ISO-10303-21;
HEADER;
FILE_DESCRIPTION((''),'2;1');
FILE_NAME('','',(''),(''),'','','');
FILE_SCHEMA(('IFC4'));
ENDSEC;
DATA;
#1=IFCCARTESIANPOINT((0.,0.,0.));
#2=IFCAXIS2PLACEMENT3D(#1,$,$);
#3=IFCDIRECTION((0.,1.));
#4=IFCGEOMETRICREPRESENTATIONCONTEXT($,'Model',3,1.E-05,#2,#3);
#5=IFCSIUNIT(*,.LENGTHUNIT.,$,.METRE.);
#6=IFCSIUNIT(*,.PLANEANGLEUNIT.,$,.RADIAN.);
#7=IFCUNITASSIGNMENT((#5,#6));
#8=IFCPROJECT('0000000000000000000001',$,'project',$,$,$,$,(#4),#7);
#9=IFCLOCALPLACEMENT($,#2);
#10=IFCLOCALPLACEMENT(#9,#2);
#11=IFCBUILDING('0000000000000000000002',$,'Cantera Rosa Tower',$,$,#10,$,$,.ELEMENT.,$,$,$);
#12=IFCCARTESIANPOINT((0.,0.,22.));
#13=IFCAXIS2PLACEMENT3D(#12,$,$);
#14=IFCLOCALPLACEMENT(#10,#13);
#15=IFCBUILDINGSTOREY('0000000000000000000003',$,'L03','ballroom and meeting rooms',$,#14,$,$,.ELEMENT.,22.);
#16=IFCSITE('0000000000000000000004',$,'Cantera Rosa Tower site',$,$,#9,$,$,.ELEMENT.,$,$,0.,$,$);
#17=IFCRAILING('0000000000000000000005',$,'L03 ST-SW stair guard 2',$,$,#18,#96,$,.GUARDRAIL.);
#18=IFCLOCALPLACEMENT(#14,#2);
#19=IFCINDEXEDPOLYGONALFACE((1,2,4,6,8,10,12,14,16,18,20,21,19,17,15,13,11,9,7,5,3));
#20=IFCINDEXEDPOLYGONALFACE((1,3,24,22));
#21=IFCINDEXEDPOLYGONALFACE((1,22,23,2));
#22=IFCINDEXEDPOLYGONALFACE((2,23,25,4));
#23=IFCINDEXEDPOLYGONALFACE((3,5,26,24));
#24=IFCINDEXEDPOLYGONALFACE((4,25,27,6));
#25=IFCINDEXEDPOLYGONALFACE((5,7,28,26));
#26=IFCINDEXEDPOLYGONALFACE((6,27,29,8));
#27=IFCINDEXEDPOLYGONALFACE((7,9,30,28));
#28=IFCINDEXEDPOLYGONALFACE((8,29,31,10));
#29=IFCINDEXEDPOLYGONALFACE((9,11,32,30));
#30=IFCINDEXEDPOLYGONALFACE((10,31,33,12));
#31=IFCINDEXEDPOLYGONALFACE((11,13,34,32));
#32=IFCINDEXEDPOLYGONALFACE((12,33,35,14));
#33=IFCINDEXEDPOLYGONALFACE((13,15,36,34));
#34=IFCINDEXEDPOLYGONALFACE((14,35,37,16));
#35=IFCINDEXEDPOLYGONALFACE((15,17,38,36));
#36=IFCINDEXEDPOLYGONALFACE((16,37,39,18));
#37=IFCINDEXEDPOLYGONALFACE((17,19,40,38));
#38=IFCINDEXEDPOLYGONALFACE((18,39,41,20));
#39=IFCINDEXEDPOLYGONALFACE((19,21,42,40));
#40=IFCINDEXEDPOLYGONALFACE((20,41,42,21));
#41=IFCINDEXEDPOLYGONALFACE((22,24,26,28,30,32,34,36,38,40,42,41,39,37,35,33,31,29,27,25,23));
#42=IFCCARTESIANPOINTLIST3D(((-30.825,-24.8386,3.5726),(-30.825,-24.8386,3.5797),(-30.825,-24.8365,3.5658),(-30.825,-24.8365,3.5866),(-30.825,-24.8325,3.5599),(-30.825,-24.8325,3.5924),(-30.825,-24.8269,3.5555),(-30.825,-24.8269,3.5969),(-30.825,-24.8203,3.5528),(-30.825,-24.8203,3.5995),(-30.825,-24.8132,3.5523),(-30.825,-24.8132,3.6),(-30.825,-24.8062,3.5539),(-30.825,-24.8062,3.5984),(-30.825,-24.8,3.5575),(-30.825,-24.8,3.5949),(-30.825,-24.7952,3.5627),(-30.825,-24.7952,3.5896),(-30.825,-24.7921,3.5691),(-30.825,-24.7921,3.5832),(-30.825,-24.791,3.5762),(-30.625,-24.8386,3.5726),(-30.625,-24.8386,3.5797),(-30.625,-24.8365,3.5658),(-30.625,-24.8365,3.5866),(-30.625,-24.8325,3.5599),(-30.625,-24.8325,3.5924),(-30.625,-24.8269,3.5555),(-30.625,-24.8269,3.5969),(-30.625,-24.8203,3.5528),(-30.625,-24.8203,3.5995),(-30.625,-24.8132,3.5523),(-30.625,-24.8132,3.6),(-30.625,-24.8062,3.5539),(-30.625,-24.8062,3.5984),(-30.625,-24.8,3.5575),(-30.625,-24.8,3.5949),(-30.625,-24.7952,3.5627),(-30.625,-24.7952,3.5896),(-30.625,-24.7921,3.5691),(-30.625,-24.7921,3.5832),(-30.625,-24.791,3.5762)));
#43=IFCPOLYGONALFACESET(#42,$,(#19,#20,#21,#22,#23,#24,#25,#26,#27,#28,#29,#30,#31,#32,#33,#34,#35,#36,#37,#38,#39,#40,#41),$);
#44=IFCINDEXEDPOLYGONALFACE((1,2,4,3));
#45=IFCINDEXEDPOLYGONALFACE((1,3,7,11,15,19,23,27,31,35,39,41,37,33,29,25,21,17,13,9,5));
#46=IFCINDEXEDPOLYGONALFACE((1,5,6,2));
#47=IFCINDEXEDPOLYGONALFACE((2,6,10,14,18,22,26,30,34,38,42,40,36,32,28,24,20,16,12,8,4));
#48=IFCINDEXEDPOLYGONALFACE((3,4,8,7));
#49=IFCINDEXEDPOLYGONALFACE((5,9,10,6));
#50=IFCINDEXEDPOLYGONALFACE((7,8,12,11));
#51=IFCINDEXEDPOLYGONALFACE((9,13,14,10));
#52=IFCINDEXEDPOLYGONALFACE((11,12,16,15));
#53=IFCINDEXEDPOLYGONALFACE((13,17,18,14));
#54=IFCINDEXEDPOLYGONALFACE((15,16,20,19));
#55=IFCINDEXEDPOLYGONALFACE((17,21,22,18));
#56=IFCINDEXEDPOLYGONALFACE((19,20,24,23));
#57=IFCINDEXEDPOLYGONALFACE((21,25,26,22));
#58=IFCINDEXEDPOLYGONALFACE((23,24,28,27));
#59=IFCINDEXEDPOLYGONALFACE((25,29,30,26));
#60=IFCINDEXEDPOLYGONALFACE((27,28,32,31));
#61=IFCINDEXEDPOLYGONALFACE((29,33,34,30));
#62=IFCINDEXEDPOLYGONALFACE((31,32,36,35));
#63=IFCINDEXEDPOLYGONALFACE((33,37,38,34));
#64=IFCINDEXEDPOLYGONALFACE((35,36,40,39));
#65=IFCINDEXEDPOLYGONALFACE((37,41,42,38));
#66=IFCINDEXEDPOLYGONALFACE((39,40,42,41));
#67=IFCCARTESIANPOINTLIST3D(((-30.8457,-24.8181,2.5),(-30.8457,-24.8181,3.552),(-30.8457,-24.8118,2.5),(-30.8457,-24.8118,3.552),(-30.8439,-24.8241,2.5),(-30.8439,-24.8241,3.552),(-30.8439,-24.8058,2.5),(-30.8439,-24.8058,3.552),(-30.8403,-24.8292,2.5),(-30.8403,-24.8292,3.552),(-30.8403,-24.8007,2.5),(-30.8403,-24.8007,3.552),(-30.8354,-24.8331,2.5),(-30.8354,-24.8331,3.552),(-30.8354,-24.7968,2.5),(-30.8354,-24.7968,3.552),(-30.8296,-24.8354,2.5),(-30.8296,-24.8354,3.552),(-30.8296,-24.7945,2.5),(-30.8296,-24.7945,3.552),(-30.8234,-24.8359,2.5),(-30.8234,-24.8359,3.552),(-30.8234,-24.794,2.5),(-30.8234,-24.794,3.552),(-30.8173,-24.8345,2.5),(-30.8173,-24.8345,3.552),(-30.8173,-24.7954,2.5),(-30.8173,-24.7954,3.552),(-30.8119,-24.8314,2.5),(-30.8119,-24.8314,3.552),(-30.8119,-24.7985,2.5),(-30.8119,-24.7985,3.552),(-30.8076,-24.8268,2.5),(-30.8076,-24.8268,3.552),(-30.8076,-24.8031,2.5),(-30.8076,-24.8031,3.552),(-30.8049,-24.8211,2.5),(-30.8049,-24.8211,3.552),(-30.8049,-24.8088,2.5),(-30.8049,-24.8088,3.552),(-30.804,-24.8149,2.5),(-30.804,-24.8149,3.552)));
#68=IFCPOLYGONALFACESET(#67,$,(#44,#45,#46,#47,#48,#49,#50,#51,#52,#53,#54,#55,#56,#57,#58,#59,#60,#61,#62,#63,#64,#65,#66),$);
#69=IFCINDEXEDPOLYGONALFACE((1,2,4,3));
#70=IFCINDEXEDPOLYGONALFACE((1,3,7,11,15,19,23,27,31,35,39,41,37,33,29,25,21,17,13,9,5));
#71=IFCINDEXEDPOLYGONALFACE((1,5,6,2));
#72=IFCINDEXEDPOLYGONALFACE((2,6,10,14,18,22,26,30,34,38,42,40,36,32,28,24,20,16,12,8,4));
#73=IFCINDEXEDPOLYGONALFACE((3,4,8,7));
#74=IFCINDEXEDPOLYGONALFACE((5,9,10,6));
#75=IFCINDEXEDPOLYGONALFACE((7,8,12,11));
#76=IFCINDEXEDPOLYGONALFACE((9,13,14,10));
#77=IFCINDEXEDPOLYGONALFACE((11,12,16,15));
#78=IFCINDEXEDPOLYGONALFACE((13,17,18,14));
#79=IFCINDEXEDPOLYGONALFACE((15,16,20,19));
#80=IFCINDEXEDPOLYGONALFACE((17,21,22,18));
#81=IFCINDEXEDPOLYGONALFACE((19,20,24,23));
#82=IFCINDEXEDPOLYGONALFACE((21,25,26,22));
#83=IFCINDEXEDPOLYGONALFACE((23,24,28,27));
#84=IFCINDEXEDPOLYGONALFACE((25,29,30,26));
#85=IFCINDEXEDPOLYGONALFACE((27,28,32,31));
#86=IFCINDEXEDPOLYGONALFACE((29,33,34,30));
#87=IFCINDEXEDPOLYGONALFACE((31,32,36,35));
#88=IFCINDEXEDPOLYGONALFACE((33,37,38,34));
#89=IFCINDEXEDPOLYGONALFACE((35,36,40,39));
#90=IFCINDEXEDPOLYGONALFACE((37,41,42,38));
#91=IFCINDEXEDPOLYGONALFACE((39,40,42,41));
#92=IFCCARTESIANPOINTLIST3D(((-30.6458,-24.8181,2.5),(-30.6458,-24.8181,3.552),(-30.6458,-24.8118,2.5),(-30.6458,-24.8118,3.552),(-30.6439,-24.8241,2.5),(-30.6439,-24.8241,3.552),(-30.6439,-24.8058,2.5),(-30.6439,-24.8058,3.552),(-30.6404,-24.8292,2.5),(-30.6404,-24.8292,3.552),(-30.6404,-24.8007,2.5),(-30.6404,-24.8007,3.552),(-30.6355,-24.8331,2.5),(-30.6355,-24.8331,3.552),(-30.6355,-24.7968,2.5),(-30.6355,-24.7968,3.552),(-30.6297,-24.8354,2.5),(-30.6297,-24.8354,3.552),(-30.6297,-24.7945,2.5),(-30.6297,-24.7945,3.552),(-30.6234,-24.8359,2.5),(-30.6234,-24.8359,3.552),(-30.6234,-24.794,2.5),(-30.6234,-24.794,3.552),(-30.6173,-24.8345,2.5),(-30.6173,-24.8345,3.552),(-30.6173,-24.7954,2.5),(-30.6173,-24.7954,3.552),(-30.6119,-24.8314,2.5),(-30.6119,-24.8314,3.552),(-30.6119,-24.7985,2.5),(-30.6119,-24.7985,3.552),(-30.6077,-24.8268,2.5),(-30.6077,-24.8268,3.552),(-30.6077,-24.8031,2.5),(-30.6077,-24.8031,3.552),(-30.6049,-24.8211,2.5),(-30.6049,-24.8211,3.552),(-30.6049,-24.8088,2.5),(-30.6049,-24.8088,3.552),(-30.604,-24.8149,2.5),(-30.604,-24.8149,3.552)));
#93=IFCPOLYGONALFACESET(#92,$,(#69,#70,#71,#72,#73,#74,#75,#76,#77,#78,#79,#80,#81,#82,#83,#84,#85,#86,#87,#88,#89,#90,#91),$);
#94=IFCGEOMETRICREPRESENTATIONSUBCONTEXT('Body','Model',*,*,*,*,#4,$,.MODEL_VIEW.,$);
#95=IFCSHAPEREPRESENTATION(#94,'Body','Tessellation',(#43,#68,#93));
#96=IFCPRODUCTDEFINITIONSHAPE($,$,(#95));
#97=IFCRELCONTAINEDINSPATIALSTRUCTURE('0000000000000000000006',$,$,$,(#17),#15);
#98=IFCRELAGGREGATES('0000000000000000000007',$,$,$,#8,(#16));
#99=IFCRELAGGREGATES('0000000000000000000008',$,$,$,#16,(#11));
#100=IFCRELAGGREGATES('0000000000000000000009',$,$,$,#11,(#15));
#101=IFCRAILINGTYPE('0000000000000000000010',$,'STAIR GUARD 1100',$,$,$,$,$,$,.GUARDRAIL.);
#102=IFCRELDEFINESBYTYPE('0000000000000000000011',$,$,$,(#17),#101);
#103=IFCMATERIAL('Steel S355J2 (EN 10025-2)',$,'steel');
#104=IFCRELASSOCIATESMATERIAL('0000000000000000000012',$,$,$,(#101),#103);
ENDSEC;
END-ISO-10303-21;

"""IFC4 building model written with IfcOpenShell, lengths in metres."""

from ifc_helpers import new_model, si_unit, direction, frame, origin, origin_2d, place, context, subcontext, project, spatial, circle, extrude, material, type_object, element, save


model = new_model("IFC4")

# Units and contexts
model_context = context("Model", 3, precision=1e-05, world=origin(), true_north=direction((0.0, 1.0)))
body_context = subcontext(model_context, "Body", "Model", "MODEL_VIEW")
ifc_project = project(units=[si_unit("LENGTHUNIT", "METRE"), si_unit("PLANEANGLEUNIT", "RADIAN")], contexts=[model_context])

# Site, building, storey
site_placement = place(None, origin())
site = spatial("IfcSite", under=ifc_project, at=site_placement, Name="Cantera Rosa Tower site", CompositionType="ELEMENT", RefElevation=0.0)
building_placement = place(site_placement, origin())
building = spatial("IfcBuilding", under=site, at=building_placement, Name="Cantera Rosa Tower", CompositionType="ELEMENT")
storey_placement = place(building_placement, frame((0.0, 0.0, 22.0)))
storey = spatial("IfcBuildingStorey", under=building, at=storey_placement, Name="L03", Description="ballroom and meeting rooms", CompositionType="ELEMENT", Elevation=22.0)

# Railing
ifc_material_1 = material(Name="Steel S355J2 (EN 10025-2)", Category="steel")
railing_type_1 = type_object("IfcRailingType", Name="STAIR GUARD 1100", PredefinedType="GUARDRAIL", material=ifc_material_1)
railing_1_placement = place(storey_placement, frame((-30.825, -24.8149, 2.5)))
element("IfcRailing", 1, at=railing_1_placement, inside=storey, type_object=railing_type_1, Name="L03 ST-SW stair guard 2", PredefinedType="GUARDRAIL", context=body_context, shape_type="SweptSolid", body=[
    extrude(circle(Radius=0.0239, at=origin_2d()), frame((0.0, 0.0, 1.0762), z_axis=(1.0, 0.0, 0.0), x_axis=(0.0, 1.0, 0.0)), (0.0, 0.0, 1.0), 0.2),
    extrude(circle(Radius=0.021, at=origin_2d()), origin(), (0.0, 0.0, 1.0), 1.052),
    extrude(circle(Radius=0.021, at=origin_2d()), frame((0.2, 0.0, 0.0)), (0.0, 0.0, 1.0), 1.052),
])

save(model, "model.ifc")
